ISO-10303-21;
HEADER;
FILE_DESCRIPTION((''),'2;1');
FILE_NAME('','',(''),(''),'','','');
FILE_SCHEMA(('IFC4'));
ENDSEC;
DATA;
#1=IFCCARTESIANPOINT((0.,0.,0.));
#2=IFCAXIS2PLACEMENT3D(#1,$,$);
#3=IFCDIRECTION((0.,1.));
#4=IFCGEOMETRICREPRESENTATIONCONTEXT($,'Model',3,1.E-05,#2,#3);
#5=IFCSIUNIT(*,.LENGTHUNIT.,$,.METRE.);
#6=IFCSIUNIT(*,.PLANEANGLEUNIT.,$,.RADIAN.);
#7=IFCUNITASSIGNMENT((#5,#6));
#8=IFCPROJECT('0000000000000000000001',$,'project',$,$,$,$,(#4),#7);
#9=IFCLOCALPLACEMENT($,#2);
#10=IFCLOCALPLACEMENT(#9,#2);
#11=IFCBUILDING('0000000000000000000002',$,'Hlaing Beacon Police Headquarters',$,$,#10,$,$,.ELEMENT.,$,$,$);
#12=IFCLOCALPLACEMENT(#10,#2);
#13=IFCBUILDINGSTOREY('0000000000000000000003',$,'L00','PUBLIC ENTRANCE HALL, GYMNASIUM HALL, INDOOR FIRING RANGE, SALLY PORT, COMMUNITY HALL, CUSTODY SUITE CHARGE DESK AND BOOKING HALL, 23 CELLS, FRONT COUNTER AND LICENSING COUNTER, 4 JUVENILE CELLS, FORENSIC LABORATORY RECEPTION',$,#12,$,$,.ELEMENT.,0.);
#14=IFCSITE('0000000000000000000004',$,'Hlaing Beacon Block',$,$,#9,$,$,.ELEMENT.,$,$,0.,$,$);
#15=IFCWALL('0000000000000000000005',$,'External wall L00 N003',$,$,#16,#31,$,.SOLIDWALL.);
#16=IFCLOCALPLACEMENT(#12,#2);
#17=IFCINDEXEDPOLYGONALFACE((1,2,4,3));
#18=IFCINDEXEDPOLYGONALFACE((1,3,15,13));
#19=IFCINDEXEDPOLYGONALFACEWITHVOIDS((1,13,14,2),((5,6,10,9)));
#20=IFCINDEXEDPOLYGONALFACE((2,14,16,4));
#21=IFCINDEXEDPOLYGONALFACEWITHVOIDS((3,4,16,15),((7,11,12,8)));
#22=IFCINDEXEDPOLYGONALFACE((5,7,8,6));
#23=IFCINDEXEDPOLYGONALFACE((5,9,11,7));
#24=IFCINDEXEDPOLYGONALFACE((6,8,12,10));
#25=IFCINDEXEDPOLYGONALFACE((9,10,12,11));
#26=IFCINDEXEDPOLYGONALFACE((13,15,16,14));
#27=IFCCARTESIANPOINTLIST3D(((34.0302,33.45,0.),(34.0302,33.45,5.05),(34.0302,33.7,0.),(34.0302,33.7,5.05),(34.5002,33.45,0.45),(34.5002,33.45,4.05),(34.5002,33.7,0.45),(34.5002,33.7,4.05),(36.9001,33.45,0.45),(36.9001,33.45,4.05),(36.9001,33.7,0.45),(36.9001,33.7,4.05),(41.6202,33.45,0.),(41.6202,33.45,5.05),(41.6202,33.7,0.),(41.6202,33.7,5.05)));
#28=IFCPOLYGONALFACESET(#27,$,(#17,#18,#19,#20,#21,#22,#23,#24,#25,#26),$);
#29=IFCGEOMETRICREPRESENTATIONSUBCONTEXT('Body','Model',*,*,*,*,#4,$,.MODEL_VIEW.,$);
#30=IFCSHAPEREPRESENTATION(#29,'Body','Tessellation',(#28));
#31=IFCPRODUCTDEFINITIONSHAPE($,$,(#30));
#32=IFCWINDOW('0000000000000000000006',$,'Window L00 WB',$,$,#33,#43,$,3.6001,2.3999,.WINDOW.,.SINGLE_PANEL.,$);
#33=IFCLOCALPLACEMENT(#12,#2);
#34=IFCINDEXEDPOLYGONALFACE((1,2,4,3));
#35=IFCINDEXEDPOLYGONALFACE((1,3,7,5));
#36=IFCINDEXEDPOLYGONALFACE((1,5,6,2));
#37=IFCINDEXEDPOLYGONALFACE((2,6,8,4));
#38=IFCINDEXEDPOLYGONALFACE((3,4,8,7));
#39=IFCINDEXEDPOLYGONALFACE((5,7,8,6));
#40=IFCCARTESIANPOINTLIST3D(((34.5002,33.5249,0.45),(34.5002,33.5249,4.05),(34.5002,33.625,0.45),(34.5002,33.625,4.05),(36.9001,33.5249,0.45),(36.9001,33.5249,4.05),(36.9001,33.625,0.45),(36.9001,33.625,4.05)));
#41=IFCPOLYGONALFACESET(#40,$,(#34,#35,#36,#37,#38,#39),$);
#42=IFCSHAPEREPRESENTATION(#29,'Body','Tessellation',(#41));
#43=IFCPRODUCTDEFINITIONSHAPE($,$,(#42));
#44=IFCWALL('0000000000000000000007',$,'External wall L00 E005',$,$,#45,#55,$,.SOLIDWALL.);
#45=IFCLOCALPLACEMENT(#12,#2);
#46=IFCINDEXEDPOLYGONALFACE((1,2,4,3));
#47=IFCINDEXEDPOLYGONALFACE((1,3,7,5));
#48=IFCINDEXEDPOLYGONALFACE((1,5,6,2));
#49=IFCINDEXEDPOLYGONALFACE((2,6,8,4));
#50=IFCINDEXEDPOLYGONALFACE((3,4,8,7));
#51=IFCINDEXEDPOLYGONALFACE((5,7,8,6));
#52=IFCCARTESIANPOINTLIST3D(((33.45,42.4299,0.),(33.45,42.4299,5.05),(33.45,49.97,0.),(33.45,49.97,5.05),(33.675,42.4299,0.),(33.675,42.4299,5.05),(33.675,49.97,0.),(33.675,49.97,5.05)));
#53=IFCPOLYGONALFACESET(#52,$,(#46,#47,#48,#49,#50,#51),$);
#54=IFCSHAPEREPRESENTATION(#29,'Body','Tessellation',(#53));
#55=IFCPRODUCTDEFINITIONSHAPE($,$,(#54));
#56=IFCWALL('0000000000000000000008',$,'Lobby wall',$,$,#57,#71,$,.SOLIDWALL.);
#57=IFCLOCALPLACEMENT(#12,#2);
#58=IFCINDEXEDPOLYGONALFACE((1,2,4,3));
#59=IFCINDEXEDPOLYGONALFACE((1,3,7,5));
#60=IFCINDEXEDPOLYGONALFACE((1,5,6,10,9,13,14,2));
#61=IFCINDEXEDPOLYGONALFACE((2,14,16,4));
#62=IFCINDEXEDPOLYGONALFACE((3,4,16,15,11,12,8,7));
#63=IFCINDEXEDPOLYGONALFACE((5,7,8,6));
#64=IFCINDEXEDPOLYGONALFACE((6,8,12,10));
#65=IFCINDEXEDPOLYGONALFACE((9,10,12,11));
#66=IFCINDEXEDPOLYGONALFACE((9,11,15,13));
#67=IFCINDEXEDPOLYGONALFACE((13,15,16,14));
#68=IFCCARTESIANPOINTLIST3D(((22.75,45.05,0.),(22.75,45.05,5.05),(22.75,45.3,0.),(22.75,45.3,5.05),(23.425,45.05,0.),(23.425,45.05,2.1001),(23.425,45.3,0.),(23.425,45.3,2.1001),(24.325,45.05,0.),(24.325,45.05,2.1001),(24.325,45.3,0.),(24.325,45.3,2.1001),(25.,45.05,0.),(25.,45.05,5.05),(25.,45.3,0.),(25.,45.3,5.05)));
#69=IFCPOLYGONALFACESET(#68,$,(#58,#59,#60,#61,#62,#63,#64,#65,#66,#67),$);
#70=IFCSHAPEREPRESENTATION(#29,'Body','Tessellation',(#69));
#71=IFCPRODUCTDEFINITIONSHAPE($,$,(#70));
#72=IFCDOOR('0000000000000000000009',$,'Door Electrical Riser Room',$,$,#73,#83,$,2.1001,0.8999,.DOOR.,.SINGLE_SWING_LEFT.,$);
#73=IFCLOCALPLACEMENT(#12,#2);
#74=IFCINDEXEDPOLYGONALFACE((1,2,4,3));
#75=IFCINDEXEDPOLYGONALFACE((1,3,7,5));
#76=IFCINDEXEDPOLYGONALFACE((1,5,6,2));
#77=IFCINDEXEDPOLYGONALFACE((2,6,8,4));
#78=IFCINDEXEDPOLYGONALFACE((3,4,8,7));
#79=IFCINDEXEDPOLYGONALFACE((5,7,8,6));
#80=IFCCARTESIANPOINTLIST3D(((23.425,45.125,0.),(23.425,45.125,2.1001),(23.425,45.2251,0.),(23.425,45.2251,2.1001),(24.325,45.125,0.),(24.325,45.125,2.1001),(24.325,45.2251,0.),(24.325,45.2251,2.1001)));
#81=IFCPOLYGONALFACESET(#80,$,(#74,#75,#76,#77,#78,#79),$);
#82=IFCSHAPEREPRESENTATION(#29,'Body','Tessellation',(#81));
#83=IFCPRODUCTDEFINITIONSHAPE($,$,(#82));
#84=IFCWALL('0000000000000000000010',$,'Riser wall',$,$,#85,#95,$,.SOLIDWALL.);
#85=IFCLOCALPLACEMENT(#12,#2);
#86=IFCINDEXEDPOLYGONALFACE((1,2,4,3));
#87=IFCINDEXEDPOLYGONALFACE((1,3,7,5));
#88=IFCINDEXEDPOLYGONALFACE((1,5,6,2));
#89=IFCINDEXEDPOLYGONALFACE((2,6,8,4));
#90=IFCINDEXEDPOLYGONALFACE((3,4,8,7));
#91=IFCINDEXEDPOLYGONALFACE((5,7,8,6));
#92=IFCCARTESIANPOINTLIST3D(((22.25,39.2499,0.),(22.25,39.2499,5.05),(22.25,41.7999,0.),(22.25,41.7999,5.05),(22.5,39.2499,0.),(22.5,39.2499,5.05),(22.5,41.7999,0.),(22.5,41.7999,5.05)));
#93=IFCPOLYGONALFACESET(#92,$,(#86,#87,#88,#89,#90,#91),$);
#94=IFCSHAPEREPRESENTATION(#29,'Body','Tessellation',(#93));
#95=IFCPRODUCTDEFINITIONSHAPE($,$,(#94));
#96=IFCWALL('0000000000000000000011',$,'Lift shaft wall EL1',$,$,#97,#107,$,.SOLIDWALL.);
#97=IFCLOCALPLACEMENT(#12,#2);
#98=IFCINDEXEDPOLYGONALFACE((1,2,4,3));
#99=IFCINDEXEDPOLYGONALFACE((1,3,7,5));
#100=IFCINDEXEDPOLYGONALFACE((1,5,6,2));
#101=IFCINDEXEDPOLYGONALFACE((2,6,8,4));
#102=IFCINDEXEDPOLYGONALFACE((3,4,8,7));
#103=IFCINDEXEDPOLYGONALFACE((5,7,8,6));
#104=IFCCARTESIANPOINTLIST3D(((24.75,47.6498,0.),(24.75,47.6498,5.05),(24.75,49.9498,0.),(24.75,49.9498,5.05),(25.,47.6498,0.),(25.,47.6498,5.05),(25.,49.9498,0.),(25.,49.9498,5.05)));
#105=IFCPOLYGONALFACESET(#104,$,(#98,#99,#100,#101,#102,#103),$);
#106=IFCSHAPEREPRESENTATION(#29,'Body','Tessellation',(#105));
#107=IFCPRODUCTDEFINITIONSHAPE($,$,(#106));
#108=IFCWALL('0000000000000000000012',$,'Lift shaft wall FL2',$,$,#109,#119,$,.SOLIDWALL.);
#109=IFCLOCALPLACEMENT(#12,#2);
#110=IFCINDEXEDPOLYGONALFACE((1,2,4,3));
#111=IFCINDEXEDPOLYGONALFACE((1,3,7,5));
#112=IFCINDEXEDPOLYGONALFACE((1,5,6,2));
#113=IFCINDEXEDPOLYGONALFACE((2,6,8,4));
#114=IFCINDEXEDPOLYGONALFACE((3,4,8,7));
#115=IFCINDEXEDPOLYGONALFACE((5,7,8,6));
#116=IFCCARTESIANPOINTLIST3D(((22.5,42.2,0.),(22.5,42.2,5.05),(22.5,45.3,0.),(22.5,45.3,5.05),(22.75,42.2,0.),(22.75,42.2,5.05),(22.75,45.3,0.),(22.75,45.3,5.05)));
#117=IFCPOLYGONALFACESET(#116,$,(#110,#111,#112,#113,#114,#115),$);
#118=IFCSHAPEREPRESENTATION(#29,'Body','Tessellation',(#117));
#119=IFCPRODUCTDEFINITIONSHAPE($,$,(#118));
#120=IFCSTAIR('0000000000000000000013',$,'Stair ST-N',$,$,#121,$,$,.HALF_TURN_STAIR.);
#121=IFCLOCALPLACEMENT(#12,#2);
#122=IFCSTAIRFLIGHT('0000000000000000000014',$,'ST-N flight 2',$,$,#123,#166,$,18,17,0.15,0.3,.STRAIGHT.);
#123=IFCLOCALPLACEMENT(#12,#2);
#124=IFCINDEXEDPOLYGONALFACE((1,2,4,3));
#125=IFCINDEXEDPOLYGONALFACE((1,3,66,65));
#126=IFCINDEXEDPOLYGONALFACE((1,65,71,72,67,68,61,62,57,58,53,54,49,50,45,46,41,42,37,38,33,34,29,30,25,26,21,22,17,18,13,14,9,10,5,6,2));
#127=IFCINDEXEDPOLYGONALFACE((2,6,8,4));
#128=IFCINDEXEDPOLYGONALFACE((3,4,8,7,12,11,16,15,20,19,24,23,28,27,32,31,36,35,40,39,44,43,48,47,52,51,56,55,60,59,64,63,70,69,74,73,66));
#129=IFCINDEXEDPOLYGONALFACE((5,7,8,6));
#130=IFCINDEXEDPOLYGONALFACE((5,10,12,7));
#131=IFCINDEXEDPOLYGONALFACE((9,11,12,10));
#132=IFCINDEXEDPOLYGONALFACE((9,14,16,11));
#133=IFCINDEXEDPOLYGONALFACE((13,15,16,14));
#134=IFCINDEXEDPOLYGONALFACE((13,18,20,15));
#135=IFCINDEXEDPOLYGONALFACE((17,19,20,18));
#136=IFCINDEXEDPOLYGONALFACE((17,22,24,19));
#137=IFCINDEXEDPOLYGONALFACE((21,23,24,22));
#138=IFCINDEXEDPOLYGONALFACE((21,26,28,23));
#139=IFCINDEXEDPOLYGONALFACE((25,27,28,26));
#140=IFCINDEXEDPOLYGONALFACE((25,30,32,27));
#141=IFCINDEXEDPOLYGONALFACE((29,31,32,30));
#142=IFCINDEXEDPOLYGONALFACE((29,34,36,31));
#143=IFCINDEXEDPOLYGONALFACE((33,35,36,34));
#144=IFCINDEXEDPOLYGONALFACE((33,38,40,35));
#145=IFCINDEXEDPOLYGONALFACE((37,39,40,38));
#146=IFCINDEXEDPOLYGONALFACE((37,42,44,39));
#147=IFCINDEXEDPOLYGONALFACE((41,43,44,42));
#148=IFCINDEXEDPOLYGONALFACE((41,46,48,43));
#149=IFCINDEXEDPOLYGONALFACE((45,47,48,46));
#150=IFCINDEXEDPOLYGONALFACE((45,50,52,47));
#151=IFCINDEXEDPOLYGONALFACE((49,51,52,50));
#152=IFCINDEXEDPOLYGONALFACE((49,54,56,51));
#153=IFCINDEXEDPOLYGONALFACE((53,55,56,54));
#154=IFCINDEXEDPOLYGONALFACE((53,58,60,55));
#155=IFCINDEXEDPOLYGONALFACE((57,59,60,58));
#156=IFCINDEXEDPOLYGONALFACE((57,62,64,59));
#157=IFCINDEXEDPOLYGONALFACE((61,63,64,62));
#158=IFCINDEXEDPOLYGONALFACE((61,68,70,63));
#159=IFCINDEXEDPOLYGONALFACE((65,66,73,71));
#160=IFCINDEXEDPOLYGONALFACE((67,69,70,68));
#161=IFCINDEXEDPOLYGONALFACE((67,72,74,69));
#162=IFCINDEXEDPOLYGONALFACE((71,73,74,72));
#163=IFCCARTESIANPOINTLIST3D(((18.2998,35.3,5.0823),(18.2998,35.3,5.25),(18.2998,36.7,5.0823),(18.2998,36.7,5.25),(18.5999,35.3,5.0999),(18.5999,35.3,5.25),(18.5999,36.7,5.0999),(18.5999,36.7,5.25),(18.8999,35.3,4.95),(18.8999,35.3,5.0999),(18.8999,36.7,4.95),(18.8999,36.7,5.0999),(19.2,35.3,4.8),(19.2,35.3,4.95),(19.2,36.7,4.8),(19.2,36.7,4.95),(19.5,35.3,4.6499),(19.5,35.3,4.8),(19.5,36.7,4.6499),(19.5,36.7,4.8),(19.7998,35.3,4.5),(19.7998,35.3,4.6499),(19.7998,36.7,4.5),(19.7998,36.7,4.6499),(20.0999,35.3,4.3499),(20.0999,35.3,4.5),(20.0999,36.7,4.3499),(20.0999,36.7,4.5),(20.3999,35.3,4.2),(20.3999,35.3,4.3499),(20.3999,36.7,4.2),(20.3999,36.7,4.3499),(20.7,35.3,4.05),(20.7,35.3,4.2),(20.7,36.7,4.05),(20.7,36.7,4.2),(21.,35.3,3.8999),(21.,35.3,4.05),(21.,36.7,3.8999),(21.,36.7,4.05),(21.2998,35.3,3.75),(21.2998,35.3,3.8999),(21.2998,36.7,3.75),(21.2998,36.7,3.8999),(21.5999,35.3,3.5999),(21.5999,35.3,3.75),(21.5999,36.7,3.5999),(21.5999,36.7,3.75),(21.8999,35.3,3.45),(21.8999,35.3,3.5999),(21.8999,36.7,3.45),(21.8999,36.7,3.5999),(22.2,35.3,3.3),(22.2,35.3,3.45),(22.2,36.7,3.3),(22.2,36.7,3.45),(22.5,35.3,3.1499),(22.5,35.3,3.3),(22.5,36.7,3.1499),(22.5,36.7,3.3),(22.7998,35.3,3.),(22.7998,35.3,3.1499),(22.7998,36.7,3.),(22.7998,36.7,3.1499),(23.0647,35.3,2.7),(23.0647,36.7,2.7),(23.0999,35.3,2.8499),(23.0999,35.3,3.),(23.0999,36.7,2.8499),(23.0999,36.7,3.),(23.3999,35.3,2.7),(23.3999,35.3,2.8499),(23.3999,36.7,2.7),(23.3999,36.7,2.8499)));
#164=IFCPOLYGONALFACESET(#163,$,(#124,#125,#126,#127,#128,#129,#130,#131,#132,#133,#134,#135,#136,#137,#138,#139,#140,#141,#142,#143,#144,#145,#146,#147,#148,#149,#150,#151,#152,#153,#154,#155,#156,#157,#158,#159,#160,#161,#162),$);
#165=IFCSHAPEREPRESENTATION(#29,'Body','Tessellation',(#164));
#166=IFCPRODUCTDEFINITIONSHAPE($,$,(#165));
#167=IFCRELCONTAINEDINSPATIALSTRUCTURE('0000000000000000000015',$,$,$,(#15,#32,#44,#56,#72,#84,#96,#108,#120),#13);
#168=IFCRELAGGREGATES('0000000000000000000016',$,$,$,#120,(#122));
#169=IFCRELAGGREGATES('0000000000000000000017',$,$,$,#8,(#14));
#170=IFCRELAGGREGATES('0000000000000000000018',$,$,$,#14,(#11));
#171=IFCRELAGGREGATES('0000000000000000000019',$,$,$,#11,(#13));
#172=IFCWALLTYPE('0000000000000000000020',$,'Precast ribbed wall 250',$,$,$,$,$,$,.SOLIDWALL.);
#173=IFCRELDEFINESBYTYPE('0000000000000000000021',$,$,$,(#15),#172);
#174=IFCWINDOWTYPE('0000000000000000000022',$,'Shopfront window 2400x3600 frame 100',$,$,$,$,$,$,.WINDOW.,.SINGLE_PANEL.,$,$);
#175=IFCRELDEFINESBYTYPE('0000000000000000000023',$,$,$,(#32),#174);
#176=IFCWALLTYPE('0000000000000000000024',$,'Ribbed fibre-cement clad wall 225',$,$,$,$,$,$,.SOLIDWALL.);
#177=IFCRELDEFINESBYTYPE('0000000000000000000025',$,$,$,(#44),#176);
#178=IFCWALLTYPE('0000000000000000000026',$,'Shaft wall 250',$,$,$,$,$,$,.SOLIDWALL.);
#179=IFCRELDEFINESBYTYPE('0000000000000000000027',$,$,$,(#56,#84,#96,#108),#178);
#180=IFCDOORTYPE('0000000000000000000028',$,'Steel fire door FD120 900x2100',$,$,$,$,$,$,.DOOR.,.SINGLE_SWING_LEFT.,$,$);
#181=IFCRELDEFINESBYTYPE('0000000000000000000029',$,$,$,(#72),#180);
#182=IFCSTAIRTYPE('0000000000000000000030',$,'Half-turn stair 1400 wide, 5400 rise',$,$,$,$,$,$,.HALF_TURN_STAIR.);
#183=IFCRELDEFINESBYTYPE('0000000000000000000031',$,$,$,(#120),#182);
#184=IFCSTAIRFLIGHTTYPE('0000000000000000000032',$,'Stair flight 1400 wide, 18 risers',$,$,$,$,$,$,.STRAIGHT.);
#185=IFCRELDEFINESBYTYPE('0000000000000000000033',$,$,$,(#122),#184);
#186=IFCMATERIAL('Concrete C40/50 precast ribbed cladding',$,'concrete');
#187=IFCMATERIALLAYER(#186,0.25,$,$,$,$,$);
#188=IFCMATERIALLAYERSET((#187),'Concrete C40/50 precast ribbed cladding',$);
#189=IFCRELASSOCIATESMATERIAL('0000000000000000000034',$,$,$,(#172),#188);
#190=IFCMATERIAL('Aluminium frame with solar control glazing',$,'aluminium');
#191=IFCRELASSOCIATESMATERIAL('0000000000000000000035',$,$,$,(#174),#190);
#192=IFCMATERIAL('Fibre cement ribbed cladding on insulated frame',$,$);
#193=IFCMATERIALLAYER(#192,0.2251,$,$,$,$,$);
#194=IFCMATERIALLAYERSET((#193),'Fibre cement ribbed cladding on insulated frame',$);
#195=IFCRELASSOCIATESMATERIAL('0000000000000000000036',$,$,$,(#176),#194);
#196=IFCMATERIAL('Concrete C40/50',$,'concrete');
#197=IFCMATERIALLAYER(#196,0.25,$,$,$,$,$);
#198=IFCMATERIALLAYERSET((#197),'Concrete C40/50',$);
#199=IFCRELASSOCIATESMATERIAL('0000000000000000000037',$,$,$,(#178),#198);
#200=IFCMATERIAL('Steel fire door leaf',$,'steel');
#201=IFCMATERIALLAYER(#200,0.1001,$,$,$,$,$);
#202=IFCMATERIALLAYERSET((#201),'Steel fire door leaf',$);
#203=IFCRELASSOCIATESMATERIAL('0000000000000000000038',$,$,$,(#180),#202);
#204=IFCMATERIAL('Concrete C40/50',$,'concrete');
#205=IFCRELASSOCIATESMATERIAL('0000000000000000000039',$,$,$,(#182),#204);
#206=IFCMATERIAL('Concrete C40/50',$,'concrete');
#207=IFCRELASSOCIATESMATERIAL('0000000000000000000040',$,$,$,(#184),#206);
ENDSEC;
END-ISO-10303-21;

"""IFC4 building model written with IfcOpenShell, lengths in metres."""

from ifc_helpers import new_model, si_unit, direction, frame, frame_2d, origin, place, context, subcontext, project, spatial, polyline, rectangle, outline, extrude, material, layer, layer_set, type_object, element, fill, aggregate, save


model = new_model("IFC4")

# Units and contexts
model_context = context("Model", 3, precision=1e-05, world=origin(), true_north=direction((0.0, 1.0)))
body_context = subcontext(model_context, "Body", "Model", "MODEL_VIEW")
ifc_project = project(units=[si_unit("LENGTHUNIT", "METRE"), si_unit("PLANEANGLEUNIT", "RADIAN")], contexts=[model_context])

# Site, building, storey
site_placement = place(None, origin())
site = spatial("IfcSite", under=ifc_project, at=site_placement, Name="Hlaing Beacon Block", CompositionType="ELEMENT", RefElevation=0.0)
building_placement = place(site_placement, origin())
building = spatial("IfcBuilding", under=site, at=building_placement, Name="Hlaing Beacon Police Headquarters", CompositionType="ELEMENT")
storey_placement = place(building_placement, origin())
storey = spatial("IfcBuildingStorey", under=building, at=storey_placement, Name="L00", Description="PUBLIC ENTRANCE HALL, GYMNASIUM HALL, INDOOR FIRING RANGE, SALLY PORT, COMMUNITY HALL, CUSTODY SUITE CHARGE DESK AND BOOKING HALL, 23 CELLS, FRONT COUNTER AND LICENSING COUNTER, 4 JUVENILE CELLS, FORENSIC LABORATORY RECEPTION", CompositionType="ELEMENT", Elevation=0.0)

# Wall, opening, window
ifc_material_1 = material(Name="Concrete C40/50 precast ribbed cladding", Category="concrete")
ifc_layer_1 = layer(ifc_material_1, 0.25)
ifc_layer_set_1 = layer_set([ifc_layer_1], Name="Concrete C40/50 precast ribbed cladding")
wall_type_1 = type_object("IfcWallType", Name="Precast ribbed wall 250", PredefinedType="SOLIDWALL", material=ifc_layer_set_1)
wall_1_placement = place(storey_placement, frame((41.6201, 33.575, 0.0), z_axis=(0.0, 0.0, 1.0), x_axis=(-1.0, 0.0, 0.0)))
wall_1 = element("IfcWall", 1, at=wall_1_placement, inside=storey, type_object=wall_type_1, Name="External wall L00 N003", PredefinedType="SOLIDWALL", context=body_context, shape_type="SweptSolid", body=[
    extrude(rectangle(XDim=7.5901, YDim=0.25, at=frame_2d((3.7949, 0.0))), origin(), (0.0, 0.0, 1.0), 5.05),
])
opening_1_placement = place(wall_1_placement, frame((4.72, 0.0, 0.45)))
opening_1 = element("IfcOpeningElement", 2, at=opening_1_placement, cuts=wall_1, PredefinedType="OPENING", context=body_context, shape_type="SweptSolid", body=[
    extrude(rectangle(XDim=2.3999, YDim=3.6001, at=frame_2d((1.2, 1.8))), frame((0.0, 0.135, 0.0), z_axis=(0.0, -1.0, 0.0), x_axis=(1.0, 0.0, 0.0)), (0.0, 0.0, 1.0), 0.27),
])
ifc_material_2 = material(Name="Aluminium frame with solar control glazing", Category="aluminium")
window_type = type_object("IfcWindowType", Name="Shopfront window 2400x3600 frame 100", PartitioningType="SINGLE_PANEL", PredefinedType="WINDOW", material=ifc_material_2)
window_placement = place(opening_1_placement, origin())
window = element("IfcWindow", 3, at=window_placement, inside=storey, type_object=window_type, Name="Window L00 WB", OverallHeight=3.6001, OverallWidth=2.3999, PartitioningType="SINGLE_PANEL", PredefinedType="WINDOW", context=body_context, shape_type="SweptSolid", body=[
    extrude(rectangle(XDim=2.3999, YDim=3.6001, at=frame_2d((1.2, 1.8))), frame((0.0, 0.05, 0.0), z_axis=(0.0, -1.0, 0.0), x_axis=(1.0, 0.0, 0.0)), (0.0, 0.0, 1.0), 0.1001),
])
fill(opening_1, window)

# Shared definitions
ifc_material_3 = material(Name="Fibre cement ribbed cladding on insulated frame")
ifc_layer_2 = layer(ifc_material_3, 0.2251)
ifc_layer_set_2 = layer_set([ifc_layer_2], Name="Fibre cement ribbed cladding on insulated frame")
wall_type_2 = type_object("IfcWallType", Name="Ribbed fibre-cement clad wall 225", PredefinedType="SOLIDWALL", material=ifc_layer_set_2)

# Wall
wall_2_placement = place(storey_placement, frame((33.5625, 42.4299, 0.0), z_axis=(0.0, 0.0, 1.0), x_axis=(0.0, 1.0, 0.0)))
element("IfcWall", 4, at=wall_2_placement, inside=storey, type_object=wall_type_2, Name="External wall L00 E005", PredefinedType="SOLIDWALL", context=body_context, shape_type="SweptSolid", body=[
    extrude(rectangle(XDim=7.54, YDim=0.2251, at=frame_2d((3.77, 0.0))), origin(), (0.0, 0.0, 1.0), 5.05),
])

# Wall, opening, door
ifc_material_4 = material(Name="Concrete C40/50", Category="concrete")
ifc_layer_3 = layer(ifc_material_4, 0.25)
ifc_layer_set_3 = layer_set([ifc_layer_3], Name="Concrete C40/50")
wall_type_3 = type_object("IfcWallType", Name="Shaft wall 250", PredefinedType="SOLIDWALL", material=ifc_layer_set_3)
wall_3_placement = place(storey_placement, frame((25.0, 45.175, 0.0), z_axis=(0.0, 0.0, 1.0), x_axis=(-1.0, 0.0, 0.0)))
wall_3 = element("IfcWall", 5, at=wall_3_placement, inside=storey, type_object=wall_type_3, Name="Lobby wall", PredefinedType="SOLIDWALL", context=body_context, shape_type="SweptSolid", body=[
    extrude(rectangle(XDim=2.25, YDim=0.25, at=frame_2d((1.125, 0.0))), origin(), (0.0, 0.0, 1.0), 5.05),
])
opening_2_placement = place(wall_3_placement, frame((0.675, 0.0, 0.0)))
opening_2 = element("IfcOpeningElement", 6, at=opening_2_placement, cuts=wall_3, PredefinedType="OPENING", context=body_context, shape_type="SweptSolid", body=[
    extrude(rectangle(XDim=0.8999, YDim=2.1001, at=frame_2d((0.45, 1.05))), frame((0.0, 0.135, 0.0), z_axis=(0.0, -1.0, 0.0), x_axis=(1.0, 0.0, 0.0)), (0.0, 0.0, 1.0), 0.27),
])
ifc_material_5 = material(Name="Steel fire door leaf", Category="steel")
ifc_layer_4 = layer(ifc_material_5, 0.1001)
ifc_layer_set_4 = layer_set([ifc_layer_4], Name="Steel fire door leaf")
door_type_1 = type_object("IfcDoorType", Name="Steel fire door FD120 900x2100", OperationType="SINGLE_SWING_LEFT", PredefinedType="DOOR", material=ifc_layer_set_4)
door_1_placement = place(opening_2_placement, origin())
door_1 = element("IfcDoor", 7, at=door_1_placement, inside=storey, type_object=door_type_1, Name="Door Electrical Riser Room", OperationType="SINGLE_SWING_LEFT", OverallHeight=2.1001, OverallWidth=0.8999, PredefinedType="DOOR", context=body_context, shape_type="SweptSolid", body=[
    extrude(rectangle(XDim=0.8999, YDim=2.1001, at=frame_2d((0.45, 1.05))), frame((0.0, 0.05, 0.0), z_axis=(0.0, -1.0, 0.0), x_axis=(1.0, 0.0, 0.0)), (0.0, 0.0, 1.0), 0.1001),
])
fill(opening_2, door_1)

# Walls
wall_4_placement = place(storey_placement, frame((22.375, 39.25, 0.0), z_axis=(0.0, 0.0, 1.0), x_axis=(0.0, 1.0, 0.0)))
element("IfcWall", 8, at=wall_4_placement, inside=storey, type_object=wall_type_3, Name="Riser wall", PredefinedType="SOLIDWALL", context=body_context, shape_type="SweptSolid", body=[
    extrude(rectangle(XDim=2.55, YDim=0.25, at=frame_2d((1.2749, 0.0))), origin(), (0.0, 0.0, 1.0), 5.05),
])
wall_5_placement = place(storey_placement, frame((24.875, 47.6499, 0.0), z_axis=(0.0, 0.0, 1.0), x_axis=(0.0, 1.0, 0.0)))
element("IfcWall", 9, at=wall_5_placement, inside=storey, type_object=wall_type_3, Name="Lift shaft wall EL1", PredefinedType="SOLIDWALL", context=body_context, shape_type="SweptSolid", body=[
    extrude(rectangle(XDim=2.3, YDim=0.25, at=frame_2d((1.1499, 0.0))), origin(), (0.0, 0.0, 1.0), 5.05),
])
wall_6_placement = place(storey_placement, frame((22.625, 42.2, 0.0), z_axis=(0.0, 0.0, 1.0), x_axis=(0.0, 1.0, 0.0)))
element("IfcWall", 10, at=wall_6_placement, inside=storey, type_object=wall_type_3, Name="Lift shaft wall FL2", PredefinedType="SOLIDWALL", context=body_context, shape_type="SweptSolid", body=[
    extrude(rectangle(XDim=3.1001, YDim=0.25, at=frame_2d((1.55, 0.0))), origin(), (0.0, 0.0, 1.0), 5.05),
])

# Stair, stair flight
ifc_material_6 = material(Name="Concrete C40/50", Category="concrete")
stair_type = type_object("IfcStairType", Name="Half-turn stair 1400 wide, 5400 rise", PredefinedType="HALF_TURN_STAIR", material=ifc_material_6)
stair_placement = place(storey_placement, origin())
stair = element("IfcStair", 11, at=stair_placement, inside=storey, type_object=stair_type, Name="Stair ST-N", PredefinedType="HALF_TURN_STAIR")
ifc_material_7 = material(Name="Concrete C40/50", Category="concrete")
stair_flight_type = type_object("IfcStairFlightType", Name="Stair flight 1400 wide, 18 risers", PredefinedType="STRAIGHT", material=ifc_material_7)
stair_flight_placement = place(storey_placement, frame((23.3999, 36.0, 2.7), z_axis=(0.0, 0.0, 1.0), x_axis=(-1.0, 0.0, 0.0)))
stair_flight = element("IfcStairFlight", 12, at=stair_flight_placement, type_object=stair_flight_type, Name="ST-N flight 2", NumberOfRisers=18, NumberOfTreads=17, PredefinedType="STRAIGHT", RiserHeight=0.15, TreadLength=0.3, context=body_context, shape_type="SweptSolid", body=[
    extrude(outline(polyline([(0.0, 0.0), (0.0, 0.1499), (0.3, 0.1499), (0.3, 0.3), (0.6001, 0.3), (0.6001, 0.45), (0.8999, 0.45), (0.8999, 0.6001), (1.2, 0.6001), (1.2, 0.75), (1.5, 0.75), (1.5, 0.8999), (1.8, 0.8999), (1.8, 1.05), (2.1001, 1.05), (2.1001, 1.2), (2.3999, 1.2), (2.3999, 1.3501), (2.7, 1.3501), (2.7, 1.5), (3.0, 1.5), (3.0, 1.6499), (3.3, 1.6499), (3.3, 1.8), (3.6001, 1.8), (3.6001, 1.95), (3.8999, 1.95), (3.8999, 2.1001), (4.2, 2.1001), (4.2, 2.25), (4.5, 2.25), (4.5, 2.3999), (4.8, 2.3999), (4.8, 2.55), (5.1001, 2.55), (5.1001, 2.7), (5.1001, 2.3823), (0.3352, 0.0), (0.0, 0.0)])), frame((0.0, 0.7, 0.0), z_axis=(0.0, -1.0, 0.0), x_axis=(1.0, 0.0, 0.0)), (0.0, 0.0, 1.0), 1.3999),
])
aggregate(stair, [stair_flight])

save(model, "model.ifc")
